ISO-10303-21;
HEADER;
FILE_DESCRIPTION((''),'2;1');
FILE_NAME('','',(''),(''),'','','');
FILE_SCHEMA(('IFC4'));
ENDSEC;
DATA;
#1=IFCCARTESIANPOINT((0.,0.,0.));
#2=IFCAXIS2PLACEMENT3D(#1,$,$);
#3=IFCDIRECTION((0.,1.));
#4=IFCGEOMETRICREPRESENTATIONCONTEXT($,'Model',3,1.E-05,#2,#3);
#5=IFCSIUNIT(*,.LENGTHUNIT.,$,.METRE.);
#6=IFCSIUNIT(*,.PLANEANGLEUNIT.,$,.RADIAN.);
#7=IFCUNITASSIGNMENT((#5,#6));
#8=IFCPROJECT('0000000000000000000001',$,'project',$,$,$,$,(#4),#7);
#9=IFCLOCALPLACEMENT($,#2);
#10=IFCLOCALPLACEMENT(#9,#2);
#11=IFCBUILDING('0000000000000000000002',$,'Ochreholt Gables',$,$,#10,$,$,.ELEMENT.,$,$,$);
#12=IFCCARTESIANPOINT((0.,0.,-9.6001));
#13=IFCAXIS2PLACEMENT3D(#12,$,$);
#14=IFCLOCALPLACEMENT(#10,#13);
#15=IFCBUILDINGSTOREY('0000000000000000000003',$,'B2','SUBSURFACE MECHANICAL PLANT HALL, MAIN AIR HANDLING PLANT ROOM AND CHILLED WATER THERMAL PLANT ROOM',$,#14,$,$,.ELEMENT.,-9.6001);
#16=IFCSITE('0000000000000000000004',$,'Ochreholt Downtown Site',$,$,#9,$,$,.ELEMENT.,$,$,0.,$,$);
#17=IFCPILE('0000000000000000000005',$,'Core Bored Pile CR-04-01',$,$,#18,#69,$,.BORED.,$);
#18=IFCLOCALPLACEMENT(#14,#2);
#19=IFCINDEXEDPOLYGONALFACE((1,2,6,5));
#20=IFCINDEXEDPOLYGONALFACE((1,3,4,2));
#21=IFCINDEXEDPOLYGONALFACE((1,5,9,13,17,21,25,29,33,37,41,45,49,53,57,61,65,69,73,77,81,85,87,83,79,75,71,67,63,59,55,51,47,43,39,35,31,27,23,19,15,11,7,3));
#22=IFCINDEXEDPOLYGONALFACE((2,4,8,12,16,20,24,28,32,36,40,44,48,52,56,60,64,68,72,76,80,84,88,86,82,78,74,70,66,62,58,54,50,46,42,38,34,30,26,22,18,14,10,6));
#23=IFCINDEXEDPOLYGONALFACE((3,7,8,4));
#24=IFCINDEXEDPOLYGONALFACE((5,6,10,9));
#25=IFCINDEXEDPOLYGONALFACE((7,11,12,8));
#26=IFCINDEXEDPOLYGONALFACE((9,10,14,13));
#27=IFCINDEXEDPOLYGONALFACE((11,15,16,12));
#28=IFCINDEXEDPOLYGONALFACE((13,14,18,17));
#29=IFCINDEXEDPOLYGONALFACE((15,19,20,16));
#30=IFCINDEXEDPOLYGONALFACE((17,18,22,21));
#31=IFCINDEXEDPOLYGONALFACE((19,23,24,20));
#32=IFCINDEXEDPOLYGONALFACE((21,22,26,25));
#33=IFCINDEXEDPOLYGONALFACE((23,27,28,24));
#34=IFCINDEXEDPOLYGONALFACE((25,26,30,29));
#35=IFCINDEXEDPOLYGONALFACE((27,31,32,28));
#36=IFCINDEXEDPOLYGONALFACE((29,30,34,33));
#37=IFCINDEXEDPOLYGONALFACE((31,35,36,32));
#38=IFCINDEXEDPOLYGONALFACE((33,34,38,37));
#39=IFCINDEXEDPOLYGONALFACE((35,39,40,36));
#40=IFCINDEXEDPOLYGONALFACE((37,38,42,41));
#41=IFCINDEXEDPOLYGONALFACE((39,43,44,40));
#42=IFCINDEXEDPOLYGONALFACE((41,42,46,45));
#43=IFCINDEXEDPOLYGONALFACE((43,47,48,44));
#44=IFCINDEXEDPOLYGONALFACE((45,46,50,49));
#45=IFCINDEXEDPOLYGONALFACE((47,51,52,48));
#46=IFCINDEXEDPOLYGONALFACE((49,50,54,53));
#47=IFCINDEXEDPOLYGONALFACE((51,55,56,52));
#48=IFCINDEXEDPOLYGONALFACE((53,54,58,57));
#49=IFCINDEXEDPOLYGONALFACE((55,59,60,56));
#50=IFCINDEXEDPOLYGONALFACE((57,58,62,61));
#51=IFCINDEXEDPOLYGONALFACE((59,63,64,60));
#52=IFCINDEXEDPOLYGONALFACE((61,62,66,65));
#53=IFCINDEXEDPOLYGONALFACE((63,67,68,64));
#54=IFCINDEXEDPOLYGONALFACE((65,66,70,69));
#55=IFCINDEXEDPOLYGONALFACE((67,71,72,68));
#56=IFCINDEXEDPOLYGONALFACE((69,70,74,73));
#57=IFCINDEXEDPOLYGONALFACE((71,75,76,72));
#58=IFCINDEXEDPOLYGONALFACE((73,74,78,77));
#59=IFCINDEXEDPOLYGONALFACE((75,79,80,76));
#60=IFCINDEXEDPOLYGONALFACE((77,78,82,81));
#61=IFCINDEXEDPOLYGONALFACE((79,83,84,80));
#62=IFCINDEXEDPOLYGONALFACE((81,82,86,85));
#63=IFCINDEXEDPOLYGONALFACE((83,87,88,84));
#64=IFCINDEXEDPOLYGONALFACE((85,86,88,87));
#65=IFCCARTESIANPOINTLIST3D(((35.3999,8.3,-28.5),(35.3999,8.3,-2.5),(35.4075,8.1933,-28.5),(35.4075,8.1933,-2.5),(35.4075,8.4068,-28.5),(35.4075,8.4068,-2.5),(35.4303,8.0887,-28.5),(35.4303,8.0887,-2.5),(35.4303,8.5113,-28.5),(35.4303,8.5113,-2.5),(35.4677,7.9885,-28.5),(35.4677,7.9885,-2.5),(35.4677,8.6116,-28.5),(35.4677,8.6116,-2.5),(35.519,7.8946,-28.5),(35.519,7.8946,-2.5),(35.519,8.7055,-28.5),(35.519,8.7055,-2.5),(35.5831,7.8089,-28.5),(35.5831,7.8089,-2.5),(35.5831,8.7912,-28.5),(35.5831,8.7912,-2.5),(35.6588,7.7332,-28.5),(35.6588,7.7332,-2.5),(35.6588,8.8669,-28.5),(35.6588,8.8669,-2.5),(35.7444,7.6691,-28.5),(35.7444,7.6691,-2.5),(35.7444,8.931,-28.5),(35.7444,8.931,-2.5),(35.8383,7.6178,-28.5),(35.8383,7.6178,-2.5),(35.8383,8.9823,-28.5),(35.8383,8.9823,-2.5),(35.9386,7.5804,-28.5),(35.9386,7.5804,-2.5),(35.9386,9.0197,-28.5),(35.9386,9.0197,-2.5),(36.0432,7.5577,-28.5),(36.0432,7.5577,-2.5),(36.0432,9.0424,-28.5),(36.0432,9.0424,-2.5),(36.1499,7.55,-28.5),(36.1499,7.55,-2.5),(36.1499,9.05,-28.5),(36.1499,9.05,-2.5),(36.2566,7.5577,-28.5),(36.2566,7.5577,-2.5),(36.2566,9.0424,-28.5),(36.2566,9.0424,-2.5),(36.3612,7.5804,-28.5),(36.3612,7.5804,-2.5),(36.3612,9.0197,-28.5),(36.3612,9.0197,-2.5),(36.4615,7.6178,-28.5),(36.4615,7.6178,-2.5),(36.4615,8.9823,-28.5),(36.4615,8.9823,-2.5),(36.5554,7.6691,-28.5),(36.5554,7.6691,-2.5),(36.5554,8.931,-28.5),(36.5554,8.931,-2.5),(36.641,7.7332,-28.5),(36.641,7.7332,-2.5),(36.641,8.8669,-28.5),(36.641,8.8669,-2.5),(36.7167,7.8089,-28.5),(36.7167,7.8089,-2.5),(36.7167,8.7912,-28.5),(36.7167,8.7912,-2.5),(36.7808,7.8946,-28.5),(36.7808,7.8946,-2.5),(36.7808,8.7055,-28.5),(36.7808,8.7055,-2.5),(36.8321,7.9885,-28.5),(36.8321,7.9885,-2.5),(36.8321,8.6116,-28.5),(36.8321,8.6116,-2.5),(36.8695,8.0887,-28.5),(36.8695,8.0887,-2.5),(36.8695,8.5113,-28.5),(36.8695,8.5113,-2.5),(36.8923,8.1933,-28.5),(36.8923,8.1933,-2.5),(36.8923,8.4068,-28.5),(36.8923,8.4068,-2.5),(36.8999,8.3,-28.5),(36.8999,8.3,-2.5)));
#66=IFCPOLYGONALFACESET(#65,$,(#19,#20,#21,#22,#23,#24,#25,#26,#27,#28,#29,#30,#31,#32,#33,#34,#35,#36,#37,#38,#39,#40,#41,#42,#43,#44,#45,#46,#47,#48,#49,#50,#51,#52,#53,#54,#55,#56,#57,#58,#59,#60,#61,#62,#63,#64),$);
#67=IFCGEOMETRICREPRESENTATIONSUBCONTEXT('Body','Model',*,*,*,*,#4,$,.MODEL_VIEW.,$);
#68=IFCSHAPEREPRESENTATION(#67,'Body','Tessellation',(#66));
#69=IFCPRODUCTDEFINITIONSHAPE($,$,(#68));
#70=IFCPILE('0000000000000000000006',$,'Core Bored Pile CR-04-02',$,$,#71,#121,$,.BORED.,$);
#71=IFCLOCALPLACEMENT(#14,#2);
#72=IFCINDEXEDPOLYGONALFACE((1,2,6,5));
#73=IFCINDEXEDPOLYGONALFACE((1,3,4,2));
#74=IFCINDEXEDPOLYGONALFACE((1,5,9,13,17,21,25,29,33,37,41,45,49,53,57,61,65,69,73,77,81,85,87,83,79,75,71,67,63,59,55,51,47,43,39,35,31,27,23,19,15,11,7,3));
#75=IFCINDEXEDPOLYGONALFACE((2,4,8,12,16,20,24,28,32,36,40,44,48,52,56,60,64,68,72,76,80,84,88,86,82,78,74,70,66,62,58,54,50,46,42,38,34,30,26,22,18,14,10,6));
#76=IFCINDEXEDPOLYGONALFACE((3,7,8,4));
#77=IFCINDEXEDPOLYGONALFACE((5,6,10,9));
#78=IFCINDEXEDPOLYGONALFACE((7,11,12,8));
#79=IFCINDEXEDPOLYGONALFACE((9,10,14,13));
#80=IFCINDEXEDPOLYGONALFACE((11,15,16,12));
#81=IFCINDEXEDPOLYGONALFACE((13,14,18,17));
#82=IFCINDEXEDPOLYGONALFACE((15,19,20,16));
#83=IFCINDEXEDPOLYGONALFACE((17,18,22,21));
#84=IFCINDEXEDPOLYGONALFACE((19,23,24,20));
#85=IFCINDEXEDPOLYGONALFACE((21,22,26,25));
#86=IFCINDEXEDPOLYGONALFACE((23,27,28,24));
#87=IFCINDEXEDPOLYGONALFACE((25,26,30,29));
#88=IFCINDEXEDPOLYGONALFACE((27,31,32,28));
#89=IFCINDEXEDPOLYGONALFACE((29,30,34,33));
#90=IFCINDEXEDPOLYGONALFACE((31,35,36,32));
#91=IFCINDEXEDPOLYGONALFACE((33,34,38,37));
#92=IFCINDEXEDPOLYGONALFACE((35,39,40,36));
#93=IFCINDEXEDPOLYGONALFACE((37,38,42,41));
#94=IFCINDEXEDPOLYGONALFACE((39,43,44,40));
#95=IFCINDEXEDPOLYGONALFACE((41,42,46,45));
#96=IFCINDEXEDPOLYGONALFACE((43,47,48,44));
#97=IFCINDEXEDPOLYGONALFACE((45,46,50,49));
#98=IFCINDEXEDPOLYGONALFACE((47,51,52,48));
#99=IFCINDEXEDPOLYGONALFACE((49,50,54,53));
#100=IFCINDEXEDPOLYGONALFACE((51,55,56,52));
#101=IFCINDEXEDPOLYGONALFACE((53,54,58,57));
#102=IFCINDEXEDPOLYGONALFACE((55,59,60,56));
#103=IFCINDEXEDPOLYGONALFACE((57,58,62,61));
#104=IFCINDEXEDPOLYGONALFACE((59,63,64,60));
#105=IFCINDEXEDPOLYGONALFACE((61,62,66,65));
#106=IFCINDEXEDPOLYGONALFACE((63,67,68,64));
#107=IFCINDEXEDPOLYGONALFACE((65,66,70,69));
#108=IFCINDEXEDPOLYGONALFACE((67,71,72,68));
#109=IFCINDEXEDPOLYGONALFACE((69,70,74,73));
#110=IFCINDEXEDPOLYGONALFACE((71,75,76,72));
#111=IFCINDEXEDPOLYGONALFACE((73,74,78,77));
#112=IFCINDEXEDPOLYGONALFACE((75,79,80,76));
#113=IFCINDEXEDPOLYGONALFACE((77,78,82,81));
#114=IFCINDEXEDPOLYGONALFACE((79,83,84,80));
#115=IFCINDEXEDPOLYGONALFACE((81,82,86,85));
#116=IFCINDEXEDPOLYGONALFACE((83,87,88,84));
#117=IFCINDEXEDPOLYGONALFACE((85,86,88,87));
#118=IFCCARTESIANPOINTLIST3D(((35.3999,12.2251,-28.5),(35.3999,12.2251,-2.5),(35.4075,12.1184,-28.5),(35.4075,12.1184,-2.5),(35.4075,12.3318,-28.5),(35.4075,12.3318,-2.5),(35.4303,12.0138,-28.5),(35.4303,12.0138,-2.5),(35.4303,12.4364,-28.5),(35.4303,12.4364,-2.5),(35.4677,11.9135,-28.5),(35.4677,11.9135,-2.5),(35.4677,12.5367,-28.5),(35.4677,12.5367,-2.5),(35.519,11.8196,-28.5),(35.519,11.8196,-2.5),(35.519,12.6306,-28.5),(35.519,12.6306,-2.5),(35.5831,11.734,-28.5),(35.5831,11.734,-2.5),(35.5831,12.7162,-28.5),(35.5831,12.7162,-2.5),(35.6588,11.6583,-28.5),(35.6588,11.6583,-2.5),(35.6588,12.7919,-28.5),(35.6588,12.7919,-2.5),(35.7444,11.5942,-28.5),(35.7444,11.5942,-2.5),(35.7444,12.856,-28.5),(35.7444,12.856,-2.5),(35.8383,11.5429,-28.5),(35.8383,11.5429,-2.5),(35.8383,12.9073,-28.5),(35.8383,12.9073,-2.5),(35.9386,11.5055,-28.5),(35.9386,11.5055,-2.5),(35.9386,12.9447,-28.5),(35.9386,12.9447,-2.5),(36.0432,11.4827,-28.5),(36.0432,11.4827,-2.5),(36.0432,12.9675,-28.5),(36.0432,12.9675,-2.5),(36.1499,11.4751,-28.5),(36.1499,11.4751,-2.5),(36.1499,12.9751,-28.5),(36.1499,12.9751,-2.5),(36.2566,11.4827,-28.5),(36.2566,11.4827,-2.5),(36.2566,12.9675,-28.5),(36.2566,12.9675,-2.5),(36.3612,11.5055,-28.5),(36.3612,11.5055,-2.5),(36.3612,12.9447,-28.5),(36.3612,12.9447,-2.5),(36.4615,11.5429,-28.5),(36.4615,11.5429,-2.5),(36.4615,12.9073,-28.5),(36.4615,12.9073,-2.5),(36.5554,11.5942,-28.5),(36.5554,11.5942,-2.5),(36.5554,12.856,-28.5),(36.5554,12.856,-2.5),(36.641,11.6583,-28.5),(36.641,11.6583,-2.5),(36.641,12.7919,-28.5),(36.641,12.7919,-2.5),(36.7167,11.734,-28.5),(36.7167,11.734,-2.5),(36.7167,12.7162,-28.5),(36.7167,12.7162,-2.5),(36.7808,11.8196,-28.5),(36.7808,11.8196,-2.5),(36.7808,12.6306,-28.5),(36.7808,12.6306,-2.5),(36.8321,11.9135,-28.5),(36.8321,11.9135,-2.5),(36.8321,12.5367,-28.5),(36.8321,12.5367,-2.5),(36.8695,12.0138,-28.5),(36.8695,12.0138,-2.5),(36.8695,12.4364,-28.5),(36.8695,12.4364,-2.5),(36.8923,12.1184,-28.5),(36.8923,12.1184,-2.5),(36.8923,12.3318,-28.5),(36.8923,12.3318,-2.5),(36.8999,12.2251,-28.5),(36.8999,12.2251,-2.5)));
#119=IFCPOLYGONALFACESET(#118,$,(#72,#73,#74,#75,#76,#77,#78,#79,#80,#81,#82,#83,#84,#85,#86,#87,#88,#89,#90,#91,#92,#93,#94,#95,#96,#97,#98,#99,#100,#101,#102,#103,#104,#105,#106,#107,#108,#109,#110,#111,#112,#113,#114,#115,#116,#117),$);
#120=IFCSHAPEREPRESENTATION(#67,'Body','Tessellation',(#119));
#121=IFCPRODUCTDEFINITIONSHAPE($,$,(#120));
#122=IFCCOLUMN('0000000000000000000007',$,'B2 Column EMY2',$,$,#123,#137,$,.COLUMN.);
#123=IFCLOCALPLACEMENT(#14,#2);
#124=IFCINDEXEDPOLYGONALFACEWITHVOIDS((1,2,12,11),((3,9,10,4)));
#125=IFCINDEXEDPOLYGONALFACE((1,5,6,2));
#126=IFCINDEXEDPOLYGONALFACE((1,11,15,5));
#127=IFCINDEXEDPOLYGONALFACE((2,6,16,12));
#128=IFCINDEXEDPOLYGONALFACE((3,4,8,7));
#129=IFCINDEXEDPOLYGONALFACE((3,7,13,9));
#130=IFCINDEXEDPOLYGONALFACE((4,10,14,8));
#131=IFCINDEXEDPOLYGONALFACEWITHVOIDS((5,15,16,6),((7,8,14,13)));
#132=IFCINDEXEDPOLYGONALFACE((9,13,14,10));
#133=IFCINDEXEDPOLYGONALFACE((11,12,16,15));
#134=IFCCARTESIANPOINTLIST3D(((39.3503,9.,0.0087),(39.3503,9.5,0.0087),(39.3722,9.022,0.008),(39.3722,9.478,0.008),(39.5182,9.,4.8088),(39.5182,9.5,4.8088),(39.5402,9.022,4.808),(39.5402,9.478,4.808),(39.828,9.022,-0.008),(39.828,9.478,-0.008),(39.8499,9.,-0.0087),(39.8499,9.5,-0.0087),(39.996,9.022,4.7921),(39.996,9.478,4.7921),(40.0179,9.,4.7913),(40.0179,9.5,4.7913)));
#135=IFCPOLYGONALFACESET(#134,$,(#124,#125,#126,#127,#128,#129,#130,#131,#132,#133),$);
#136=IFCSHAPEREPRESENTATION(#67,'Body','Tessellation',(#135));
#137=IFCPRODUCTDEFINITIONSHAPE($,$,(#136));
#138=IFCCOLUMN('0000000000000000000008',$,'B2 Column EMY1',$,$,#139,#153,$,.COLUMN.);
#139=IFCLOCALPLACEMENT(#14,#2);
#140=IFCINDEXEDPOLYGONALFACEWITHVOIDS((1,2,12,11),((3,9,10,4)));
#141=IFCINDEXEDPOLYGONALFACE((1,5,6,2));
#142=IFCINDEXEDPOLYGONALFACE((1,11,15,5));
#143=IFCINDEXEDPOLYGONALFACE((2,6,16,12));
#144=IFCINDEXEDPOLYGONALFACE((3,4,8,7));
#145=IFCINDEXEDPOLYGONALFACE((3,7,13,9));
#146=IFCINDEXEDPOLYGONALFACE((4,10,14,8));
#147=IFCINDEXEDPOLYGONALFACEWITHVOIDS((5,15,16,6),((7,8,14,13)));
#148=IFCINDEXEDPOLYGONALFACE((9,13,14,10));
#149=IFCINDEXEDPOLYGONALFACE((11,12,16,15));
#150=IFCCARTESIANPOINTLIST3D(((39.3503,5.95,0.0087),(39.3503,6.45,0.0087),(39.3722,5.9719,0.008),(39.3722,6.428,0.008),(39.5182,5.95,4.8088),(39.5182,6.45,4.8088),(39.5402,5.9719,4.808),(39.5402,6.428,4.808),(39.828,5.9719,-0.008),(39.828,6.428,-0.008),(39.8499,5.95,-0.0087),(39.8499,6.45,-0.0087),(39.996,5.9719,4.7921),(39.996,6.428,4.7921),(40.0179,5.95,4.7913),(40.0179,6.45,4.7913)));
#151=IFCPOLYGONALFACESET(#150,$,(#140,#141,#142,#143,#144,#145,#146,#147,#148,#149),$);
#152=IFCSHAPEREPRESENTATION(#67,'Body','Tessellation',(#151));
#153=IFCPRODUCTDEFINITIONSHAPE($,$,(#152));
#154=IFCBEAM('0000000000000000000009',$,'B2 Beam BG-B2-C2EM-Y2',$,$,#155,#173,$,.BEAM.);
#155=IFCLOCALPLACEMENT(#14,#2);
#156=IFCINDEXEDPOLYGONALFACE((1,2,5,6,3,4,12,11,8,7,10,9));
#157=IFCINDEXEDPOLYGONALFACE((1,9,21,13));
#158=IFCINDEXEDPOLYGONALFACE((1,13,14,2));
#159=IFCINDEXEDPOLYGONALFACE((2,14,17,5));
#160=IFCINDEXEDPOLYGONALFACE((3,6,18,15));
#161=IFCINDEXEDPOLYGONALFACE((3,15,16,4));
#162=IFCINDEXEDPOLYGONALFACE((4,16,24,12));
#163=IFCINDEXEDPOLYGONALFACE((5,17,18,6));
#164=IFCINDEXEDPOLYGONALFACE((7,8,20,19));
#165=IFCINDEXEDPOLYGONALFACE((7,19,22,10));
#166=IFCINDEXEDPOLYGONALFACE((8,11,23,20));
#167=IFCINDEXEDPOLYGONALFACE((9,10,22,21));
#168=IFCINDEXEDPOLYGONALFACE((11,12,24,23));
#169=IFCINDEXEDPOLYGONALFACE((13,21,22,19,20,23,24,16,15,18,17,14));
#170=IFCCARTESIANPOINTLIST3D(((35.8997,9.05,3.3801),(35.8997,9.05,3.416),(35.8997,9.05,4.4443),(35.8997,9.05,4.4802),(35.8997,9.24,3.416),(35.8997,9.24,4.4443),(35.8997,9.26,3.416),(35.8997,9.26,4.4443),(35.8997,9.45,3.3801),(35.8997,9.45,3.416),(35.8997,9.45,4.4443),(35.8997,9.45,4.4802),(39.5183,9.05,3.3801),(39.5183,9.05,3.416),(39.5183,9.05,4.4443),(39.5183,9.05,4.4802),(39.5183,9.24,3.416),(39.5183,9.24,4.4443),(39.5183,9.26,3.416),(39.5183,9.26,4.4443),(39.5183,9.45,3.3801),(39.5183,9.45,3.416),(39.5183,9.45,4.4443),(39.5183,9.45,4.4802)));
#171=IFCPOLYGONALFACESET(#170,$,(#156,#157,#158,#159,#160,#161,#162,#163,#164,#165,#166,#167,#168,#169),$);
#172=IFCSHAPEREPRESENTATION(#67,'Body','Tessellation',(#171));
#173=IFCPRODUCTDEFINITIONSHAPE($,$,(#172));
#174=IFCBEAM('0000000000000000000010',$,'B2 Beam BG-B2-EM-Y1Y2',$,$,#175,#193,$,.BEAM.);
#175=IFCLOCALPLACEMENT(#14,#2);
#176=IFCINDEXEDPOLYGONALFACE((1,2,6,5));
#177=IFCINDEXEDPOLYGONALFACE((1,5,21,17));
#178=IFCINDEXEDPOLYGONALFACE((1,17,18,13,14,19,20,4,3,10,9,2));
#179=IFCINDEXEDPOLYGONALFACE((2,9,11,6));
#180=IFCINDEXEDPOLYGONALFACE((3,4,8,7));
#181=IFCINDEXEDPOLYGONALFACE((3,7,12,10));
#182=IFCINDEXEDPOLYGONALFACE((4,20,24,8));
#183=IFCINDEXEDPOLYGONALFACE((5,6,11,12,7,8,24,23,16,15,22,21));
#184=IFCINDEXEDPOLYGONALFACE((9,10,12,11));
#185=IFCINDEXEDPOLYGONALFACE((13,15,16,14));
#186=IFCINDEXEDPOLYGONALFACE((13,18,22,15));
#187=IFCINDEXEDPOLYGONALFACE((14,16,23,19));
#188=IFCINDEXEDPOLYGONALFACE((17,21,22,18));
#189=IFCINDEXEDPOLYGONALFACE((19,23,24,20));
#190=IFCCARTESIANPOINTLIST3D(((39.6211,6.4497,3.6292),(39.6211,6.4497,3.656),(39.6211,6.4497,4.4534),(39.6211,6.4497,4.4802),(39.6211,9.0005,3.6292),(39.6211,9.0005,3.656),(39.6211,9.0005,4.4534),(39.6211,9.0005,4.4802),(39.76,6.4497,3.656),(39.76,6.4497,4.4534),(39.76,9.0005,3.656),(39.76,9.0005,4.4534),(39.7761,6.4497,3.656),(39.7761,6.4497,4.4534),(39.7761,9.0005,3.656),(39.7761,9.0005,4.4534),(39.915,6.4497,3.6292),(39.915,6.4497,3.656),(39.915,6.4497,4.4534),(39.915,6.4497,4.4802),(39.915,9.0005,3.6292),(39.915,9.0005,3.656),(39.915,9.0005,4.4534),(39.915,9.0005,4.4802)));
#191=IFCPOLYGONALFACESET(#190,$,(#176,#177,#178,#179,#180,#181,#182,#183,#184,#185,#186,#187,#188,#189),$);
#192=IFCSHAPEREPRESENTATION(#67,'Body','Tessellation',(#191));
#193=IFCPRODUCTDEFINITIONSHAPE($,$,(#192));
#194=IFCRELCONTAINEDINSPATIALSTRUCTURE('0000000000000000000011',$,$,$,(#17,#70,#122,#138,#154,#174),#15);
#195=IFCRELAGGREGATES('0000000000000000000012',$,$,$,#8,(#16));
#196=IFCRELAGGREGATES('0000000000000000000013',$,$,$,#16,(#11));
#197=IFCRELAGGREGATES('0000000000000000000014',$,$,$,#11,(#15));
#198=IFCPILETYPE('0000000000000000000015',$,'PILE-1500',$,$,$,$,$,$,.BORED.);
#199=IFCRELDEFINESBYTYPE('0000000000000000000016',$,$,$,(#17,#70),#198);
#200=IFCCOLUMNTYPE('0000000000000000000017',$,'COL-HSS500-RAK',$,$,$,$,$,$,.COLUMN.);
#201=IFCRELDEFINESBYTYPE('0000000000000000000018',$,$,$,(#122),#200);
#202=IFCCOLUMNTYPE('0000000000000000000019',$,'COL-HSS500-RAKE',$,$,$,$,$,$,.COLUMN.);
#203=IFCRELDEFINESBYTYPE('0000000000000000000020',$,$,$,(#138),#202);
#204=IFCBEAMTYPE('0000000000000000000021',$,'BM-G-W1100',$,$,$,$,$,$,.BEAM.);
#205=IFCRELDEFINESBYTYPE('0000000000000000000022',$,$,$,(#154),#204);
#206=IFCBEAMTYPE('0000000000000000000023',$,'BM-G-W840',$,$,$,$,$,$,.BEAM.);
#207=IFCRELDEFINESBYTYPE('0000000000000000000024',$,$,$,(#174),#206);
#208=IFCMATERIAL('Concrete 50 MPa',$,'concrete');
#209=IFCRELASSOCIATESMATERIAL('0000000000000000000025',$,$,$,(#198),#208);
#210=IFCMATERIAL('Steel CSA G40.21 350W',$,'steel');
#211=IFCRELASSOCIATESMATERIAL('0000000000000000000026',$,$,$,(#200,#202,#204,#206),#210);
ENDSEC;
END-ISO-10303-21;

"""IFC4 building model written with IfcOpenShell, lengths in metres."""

from ifc_helpers import new_model, si_unit, direction, frame, origin, origin_2d, place, context, subcontext, project, spatial, hollow_rectangle, circle, i_section, extrude, material, material_profile, profile_set, type_object, element, save


model = new_model("IFC4")

# Units and contexts
model_context = context("Model", 3, precision=1e-05, world=origin(), true_north=direction((0.0, 1.0)))
body_context = subcontext(model_context, "Body", "Model", "MODEL_VIEW")
ifc_project = project(units=[si_unit("LENGTHUNIT", "METRE"), si_unit("PLANEANGLEUNIT", "RADIAN")], contexts=[model_context])

# Site, building, storey
site_placement = place(None, origin())
site = spatial("IfcSite", under=ifc_project, at=site_placement, Name="Ochreholt Downtown Site", CompositionType="ELEMENT", RefElevation=0.0)
building_placement = place(site_placement, origin())
building = spatial("IfcBuilding", under=site, at=building_placement, Name="Ochreholt Gables", CompositionType="ELEMENT")
storey_placement = place(building_placement, frame((0.0, 0.0, -9.6001)))
storey = spatial("IfcBuildingStorey", under=building, at=storey_placement, Name="B2", Description="SUBSURFACE MECHANICAL PLANT HALL, MAIN AIR HANDLING PLANT ROOM AND CHILLED WATER THERMAL PLANT ROOM", CompositionType="ELEMENT", Elevation=-9.6001)

# Shared definitions
ifc_material_1 = material(Name="Concrete 50 MPa", Category="concrete")

# Piles
ifc_material_profile_1 = material_profile(ifc_material_1, circle(Radius=0.75, at=origin_2d()), Name="PILE1500")
ifc_profile_set_1 = profile_set([ifc_material_profile_1], Name="Concrete 50 MPa")
pile_type_1 = type_object("IfcPileType", Name="PILE-1500", PredefinedType="BORED", material=ifc_profile_set_1)
for number, where, z_axis, x_axis, name in (
    (1, (36.1499, 8.3, -2.5), (0.0, 0.0, -1.0), (1.0, 0.0, 0.0), "Core Bored Pile CR-04-01"),
    (2, (36.1499, 12.2251, -2.5), (0.0, 0.0, -1.0), (1.0, 0.0, 0.0), "Core Bored Pile CR-04-02"),
):
    element("IfcPile", number, at=place(storey_placement, frame(where, z_axis=z_axis, x_axis=x_axis)), inside=storey, type_object=pile_type_1, Name=name, PredefinedType="BORED", context=body_context, shape_type="SweptSolid", body=[
        extrude(circle(Radius=0.75, at=origin_2d()), origin(), (0.0, 0.0, 1.0), 26.0),
    ])

# Columns
ifc_material_2 = material(Name="Steel CSA G40.21 350W", Category="steel")
ifc_material_profile_2 = material_profile(ifc_material_2, hollow_rectangle(XDim=0.5, YDim=0.5, WallThickness=0.022, at=origin_2d()), Name="HSS500X500X22")
ifc_profile_set_2 = profile_set([ifc_material_profile_2], Name="Steel CSA G40.21 350W")
column_type_1 = type_object("IfcColumnType", Name="COL-HSS500-RAK", PredefinedType="COLUMN", material=ifc_profile_set_2)
column_1_placement = place(storey_placement, frame((39.6001, 9.25, 0.0), z_axis=(0.034972, 0.0, 0.999388), x_axis=(0.0, 1.0, 0.0)))
element("IfcColumn", 3, at=column_1_placement, inside=storey, type_object=column_type_1, Name="B2 Column EMY2", PredefinedType="COLUMN", context=body_context, shape_type="SweptSolid", body=[
    extrude(hollow_rectangle(XDim=0.5, YDim=0.5, WallThickness=0.022, at=origin_2d()), origin(), (0.0, 0.0, 1.0), 4.803),
])
ifc_material_profile_3 = material_profile(ifc_material_2, hollow_rectangle(XDim=0.5, YDim=0.5, WallThickness=0.022, at=origin_2d()), Name="HSS500X500X22")
ifc_profile_set_3 = profile_set([ifc_material_profile_3], Name="Steel CSA G40.21 350W")
column_type_2 = type_object("IfcColumnType", Name="COL-HSS500-RAKE", PredefinedType="COLUMN", material=ifc_profile_set_3)
column_2_placement = place(storey_placement, frame((39.6001, 6.2, 0.0), z_axis=(0.034972, 0.0, 0.999388), x_axis=(0.0, 1.0, 0.0)))
element("IfcColumn", 4, at=column_2_placement, inside=storey, type_object=column_type_2, Name="B2 Column EMY1", PredefinedType="COLUMN", context=body_context, shape_type="SweptSolid", body=[
    extrude(hollow_rectangle(XDim=0.5, YDim=0.5, WallThickness=0.022, at=origin_2d()), origin(), (0.0, 0.0, 1.0), 4.803),
])

# Beams
ifc_material_profile_4 = material_profile(ifc_material_2, i_section(OverallWidth=0.3999, OverallDepth=1.1001, WebThickness=0.02, FlangeThickness=0.0359, at=origin_2d()), Name="W1100X390")
ifc_profile_set_4 = profile_set([ifc_material_profile_4], Name="Steel CSA G40.21 350W")
beam_type_1 = type_object("IfcBeamType", Name="BM-G-W1100", PredefinedType="BEAM", material=ifc_profile_set_4)
beam_1_placement = place(storey_placement, frame((35.8997, 9.25, 3.9302), z_axis=(1.0, 0.0, 0.0), x_axis=(0.0, 1.0, 0.0)))
element("IfcBeam", 5, at=beam_1_placement, inside=storey, type_object=beam_type_1, Name="B2 Beam BG-B2-C2EM-Y2", PredefinedType="BEAM", context=body_context, shape_type="SweptSolid", body=[
    extrude(i_section(OverallWidth=0.3999, OverallDepth=1.1001, WebThickness=0.02, FlangeThickness=0.0359, at=origin_2d()), origin(), (0.0, 0.0, 1.0), 3.6187),
])
ifc_material_profile_5 = material_profile(ifc_material_2, i_section(OverallWidth=0.2939, OverallDepth=0.8511, WebThickness=0.0161, FlangeThickness=0.0269, at=origin_2d()), Name="W840X226")
ifc_profile_set_5 = profile_set([ifc_material_profile_5], Name="Steel CSA G40.21 350W")
beam_type_2 = type_object("IfcBeamType", Name="BM-G-W840", PredefinedType="BEAM", material=ifc_profile_set_5)
beam_2_placement = place(storey_placement, frame((39.7681, 6.4497, 4.0547), z_axis=(0.0, 1.0, 0.0), x_axis=(-1.0, 0.0, 0.0)))
element("IfcBeam", 6, at=beam_2_placement, inside=storey, type_object=beam_type_2, Name="B2 Beam BG-B2-EM-Y1Y2", PredefinedType="BEAM", context=body_context, shape_type="SweptSolid", body=[
    extrude(i_section(OverallWidth=0.2939, OverallDepth=0.8511, WebThickness=0.0161, FlangeThickness=0.0269, at=origin_2d()), origin(), (0.0, 0.0, 1.0), 2.5508),
])

save(model, "model.ifc")
